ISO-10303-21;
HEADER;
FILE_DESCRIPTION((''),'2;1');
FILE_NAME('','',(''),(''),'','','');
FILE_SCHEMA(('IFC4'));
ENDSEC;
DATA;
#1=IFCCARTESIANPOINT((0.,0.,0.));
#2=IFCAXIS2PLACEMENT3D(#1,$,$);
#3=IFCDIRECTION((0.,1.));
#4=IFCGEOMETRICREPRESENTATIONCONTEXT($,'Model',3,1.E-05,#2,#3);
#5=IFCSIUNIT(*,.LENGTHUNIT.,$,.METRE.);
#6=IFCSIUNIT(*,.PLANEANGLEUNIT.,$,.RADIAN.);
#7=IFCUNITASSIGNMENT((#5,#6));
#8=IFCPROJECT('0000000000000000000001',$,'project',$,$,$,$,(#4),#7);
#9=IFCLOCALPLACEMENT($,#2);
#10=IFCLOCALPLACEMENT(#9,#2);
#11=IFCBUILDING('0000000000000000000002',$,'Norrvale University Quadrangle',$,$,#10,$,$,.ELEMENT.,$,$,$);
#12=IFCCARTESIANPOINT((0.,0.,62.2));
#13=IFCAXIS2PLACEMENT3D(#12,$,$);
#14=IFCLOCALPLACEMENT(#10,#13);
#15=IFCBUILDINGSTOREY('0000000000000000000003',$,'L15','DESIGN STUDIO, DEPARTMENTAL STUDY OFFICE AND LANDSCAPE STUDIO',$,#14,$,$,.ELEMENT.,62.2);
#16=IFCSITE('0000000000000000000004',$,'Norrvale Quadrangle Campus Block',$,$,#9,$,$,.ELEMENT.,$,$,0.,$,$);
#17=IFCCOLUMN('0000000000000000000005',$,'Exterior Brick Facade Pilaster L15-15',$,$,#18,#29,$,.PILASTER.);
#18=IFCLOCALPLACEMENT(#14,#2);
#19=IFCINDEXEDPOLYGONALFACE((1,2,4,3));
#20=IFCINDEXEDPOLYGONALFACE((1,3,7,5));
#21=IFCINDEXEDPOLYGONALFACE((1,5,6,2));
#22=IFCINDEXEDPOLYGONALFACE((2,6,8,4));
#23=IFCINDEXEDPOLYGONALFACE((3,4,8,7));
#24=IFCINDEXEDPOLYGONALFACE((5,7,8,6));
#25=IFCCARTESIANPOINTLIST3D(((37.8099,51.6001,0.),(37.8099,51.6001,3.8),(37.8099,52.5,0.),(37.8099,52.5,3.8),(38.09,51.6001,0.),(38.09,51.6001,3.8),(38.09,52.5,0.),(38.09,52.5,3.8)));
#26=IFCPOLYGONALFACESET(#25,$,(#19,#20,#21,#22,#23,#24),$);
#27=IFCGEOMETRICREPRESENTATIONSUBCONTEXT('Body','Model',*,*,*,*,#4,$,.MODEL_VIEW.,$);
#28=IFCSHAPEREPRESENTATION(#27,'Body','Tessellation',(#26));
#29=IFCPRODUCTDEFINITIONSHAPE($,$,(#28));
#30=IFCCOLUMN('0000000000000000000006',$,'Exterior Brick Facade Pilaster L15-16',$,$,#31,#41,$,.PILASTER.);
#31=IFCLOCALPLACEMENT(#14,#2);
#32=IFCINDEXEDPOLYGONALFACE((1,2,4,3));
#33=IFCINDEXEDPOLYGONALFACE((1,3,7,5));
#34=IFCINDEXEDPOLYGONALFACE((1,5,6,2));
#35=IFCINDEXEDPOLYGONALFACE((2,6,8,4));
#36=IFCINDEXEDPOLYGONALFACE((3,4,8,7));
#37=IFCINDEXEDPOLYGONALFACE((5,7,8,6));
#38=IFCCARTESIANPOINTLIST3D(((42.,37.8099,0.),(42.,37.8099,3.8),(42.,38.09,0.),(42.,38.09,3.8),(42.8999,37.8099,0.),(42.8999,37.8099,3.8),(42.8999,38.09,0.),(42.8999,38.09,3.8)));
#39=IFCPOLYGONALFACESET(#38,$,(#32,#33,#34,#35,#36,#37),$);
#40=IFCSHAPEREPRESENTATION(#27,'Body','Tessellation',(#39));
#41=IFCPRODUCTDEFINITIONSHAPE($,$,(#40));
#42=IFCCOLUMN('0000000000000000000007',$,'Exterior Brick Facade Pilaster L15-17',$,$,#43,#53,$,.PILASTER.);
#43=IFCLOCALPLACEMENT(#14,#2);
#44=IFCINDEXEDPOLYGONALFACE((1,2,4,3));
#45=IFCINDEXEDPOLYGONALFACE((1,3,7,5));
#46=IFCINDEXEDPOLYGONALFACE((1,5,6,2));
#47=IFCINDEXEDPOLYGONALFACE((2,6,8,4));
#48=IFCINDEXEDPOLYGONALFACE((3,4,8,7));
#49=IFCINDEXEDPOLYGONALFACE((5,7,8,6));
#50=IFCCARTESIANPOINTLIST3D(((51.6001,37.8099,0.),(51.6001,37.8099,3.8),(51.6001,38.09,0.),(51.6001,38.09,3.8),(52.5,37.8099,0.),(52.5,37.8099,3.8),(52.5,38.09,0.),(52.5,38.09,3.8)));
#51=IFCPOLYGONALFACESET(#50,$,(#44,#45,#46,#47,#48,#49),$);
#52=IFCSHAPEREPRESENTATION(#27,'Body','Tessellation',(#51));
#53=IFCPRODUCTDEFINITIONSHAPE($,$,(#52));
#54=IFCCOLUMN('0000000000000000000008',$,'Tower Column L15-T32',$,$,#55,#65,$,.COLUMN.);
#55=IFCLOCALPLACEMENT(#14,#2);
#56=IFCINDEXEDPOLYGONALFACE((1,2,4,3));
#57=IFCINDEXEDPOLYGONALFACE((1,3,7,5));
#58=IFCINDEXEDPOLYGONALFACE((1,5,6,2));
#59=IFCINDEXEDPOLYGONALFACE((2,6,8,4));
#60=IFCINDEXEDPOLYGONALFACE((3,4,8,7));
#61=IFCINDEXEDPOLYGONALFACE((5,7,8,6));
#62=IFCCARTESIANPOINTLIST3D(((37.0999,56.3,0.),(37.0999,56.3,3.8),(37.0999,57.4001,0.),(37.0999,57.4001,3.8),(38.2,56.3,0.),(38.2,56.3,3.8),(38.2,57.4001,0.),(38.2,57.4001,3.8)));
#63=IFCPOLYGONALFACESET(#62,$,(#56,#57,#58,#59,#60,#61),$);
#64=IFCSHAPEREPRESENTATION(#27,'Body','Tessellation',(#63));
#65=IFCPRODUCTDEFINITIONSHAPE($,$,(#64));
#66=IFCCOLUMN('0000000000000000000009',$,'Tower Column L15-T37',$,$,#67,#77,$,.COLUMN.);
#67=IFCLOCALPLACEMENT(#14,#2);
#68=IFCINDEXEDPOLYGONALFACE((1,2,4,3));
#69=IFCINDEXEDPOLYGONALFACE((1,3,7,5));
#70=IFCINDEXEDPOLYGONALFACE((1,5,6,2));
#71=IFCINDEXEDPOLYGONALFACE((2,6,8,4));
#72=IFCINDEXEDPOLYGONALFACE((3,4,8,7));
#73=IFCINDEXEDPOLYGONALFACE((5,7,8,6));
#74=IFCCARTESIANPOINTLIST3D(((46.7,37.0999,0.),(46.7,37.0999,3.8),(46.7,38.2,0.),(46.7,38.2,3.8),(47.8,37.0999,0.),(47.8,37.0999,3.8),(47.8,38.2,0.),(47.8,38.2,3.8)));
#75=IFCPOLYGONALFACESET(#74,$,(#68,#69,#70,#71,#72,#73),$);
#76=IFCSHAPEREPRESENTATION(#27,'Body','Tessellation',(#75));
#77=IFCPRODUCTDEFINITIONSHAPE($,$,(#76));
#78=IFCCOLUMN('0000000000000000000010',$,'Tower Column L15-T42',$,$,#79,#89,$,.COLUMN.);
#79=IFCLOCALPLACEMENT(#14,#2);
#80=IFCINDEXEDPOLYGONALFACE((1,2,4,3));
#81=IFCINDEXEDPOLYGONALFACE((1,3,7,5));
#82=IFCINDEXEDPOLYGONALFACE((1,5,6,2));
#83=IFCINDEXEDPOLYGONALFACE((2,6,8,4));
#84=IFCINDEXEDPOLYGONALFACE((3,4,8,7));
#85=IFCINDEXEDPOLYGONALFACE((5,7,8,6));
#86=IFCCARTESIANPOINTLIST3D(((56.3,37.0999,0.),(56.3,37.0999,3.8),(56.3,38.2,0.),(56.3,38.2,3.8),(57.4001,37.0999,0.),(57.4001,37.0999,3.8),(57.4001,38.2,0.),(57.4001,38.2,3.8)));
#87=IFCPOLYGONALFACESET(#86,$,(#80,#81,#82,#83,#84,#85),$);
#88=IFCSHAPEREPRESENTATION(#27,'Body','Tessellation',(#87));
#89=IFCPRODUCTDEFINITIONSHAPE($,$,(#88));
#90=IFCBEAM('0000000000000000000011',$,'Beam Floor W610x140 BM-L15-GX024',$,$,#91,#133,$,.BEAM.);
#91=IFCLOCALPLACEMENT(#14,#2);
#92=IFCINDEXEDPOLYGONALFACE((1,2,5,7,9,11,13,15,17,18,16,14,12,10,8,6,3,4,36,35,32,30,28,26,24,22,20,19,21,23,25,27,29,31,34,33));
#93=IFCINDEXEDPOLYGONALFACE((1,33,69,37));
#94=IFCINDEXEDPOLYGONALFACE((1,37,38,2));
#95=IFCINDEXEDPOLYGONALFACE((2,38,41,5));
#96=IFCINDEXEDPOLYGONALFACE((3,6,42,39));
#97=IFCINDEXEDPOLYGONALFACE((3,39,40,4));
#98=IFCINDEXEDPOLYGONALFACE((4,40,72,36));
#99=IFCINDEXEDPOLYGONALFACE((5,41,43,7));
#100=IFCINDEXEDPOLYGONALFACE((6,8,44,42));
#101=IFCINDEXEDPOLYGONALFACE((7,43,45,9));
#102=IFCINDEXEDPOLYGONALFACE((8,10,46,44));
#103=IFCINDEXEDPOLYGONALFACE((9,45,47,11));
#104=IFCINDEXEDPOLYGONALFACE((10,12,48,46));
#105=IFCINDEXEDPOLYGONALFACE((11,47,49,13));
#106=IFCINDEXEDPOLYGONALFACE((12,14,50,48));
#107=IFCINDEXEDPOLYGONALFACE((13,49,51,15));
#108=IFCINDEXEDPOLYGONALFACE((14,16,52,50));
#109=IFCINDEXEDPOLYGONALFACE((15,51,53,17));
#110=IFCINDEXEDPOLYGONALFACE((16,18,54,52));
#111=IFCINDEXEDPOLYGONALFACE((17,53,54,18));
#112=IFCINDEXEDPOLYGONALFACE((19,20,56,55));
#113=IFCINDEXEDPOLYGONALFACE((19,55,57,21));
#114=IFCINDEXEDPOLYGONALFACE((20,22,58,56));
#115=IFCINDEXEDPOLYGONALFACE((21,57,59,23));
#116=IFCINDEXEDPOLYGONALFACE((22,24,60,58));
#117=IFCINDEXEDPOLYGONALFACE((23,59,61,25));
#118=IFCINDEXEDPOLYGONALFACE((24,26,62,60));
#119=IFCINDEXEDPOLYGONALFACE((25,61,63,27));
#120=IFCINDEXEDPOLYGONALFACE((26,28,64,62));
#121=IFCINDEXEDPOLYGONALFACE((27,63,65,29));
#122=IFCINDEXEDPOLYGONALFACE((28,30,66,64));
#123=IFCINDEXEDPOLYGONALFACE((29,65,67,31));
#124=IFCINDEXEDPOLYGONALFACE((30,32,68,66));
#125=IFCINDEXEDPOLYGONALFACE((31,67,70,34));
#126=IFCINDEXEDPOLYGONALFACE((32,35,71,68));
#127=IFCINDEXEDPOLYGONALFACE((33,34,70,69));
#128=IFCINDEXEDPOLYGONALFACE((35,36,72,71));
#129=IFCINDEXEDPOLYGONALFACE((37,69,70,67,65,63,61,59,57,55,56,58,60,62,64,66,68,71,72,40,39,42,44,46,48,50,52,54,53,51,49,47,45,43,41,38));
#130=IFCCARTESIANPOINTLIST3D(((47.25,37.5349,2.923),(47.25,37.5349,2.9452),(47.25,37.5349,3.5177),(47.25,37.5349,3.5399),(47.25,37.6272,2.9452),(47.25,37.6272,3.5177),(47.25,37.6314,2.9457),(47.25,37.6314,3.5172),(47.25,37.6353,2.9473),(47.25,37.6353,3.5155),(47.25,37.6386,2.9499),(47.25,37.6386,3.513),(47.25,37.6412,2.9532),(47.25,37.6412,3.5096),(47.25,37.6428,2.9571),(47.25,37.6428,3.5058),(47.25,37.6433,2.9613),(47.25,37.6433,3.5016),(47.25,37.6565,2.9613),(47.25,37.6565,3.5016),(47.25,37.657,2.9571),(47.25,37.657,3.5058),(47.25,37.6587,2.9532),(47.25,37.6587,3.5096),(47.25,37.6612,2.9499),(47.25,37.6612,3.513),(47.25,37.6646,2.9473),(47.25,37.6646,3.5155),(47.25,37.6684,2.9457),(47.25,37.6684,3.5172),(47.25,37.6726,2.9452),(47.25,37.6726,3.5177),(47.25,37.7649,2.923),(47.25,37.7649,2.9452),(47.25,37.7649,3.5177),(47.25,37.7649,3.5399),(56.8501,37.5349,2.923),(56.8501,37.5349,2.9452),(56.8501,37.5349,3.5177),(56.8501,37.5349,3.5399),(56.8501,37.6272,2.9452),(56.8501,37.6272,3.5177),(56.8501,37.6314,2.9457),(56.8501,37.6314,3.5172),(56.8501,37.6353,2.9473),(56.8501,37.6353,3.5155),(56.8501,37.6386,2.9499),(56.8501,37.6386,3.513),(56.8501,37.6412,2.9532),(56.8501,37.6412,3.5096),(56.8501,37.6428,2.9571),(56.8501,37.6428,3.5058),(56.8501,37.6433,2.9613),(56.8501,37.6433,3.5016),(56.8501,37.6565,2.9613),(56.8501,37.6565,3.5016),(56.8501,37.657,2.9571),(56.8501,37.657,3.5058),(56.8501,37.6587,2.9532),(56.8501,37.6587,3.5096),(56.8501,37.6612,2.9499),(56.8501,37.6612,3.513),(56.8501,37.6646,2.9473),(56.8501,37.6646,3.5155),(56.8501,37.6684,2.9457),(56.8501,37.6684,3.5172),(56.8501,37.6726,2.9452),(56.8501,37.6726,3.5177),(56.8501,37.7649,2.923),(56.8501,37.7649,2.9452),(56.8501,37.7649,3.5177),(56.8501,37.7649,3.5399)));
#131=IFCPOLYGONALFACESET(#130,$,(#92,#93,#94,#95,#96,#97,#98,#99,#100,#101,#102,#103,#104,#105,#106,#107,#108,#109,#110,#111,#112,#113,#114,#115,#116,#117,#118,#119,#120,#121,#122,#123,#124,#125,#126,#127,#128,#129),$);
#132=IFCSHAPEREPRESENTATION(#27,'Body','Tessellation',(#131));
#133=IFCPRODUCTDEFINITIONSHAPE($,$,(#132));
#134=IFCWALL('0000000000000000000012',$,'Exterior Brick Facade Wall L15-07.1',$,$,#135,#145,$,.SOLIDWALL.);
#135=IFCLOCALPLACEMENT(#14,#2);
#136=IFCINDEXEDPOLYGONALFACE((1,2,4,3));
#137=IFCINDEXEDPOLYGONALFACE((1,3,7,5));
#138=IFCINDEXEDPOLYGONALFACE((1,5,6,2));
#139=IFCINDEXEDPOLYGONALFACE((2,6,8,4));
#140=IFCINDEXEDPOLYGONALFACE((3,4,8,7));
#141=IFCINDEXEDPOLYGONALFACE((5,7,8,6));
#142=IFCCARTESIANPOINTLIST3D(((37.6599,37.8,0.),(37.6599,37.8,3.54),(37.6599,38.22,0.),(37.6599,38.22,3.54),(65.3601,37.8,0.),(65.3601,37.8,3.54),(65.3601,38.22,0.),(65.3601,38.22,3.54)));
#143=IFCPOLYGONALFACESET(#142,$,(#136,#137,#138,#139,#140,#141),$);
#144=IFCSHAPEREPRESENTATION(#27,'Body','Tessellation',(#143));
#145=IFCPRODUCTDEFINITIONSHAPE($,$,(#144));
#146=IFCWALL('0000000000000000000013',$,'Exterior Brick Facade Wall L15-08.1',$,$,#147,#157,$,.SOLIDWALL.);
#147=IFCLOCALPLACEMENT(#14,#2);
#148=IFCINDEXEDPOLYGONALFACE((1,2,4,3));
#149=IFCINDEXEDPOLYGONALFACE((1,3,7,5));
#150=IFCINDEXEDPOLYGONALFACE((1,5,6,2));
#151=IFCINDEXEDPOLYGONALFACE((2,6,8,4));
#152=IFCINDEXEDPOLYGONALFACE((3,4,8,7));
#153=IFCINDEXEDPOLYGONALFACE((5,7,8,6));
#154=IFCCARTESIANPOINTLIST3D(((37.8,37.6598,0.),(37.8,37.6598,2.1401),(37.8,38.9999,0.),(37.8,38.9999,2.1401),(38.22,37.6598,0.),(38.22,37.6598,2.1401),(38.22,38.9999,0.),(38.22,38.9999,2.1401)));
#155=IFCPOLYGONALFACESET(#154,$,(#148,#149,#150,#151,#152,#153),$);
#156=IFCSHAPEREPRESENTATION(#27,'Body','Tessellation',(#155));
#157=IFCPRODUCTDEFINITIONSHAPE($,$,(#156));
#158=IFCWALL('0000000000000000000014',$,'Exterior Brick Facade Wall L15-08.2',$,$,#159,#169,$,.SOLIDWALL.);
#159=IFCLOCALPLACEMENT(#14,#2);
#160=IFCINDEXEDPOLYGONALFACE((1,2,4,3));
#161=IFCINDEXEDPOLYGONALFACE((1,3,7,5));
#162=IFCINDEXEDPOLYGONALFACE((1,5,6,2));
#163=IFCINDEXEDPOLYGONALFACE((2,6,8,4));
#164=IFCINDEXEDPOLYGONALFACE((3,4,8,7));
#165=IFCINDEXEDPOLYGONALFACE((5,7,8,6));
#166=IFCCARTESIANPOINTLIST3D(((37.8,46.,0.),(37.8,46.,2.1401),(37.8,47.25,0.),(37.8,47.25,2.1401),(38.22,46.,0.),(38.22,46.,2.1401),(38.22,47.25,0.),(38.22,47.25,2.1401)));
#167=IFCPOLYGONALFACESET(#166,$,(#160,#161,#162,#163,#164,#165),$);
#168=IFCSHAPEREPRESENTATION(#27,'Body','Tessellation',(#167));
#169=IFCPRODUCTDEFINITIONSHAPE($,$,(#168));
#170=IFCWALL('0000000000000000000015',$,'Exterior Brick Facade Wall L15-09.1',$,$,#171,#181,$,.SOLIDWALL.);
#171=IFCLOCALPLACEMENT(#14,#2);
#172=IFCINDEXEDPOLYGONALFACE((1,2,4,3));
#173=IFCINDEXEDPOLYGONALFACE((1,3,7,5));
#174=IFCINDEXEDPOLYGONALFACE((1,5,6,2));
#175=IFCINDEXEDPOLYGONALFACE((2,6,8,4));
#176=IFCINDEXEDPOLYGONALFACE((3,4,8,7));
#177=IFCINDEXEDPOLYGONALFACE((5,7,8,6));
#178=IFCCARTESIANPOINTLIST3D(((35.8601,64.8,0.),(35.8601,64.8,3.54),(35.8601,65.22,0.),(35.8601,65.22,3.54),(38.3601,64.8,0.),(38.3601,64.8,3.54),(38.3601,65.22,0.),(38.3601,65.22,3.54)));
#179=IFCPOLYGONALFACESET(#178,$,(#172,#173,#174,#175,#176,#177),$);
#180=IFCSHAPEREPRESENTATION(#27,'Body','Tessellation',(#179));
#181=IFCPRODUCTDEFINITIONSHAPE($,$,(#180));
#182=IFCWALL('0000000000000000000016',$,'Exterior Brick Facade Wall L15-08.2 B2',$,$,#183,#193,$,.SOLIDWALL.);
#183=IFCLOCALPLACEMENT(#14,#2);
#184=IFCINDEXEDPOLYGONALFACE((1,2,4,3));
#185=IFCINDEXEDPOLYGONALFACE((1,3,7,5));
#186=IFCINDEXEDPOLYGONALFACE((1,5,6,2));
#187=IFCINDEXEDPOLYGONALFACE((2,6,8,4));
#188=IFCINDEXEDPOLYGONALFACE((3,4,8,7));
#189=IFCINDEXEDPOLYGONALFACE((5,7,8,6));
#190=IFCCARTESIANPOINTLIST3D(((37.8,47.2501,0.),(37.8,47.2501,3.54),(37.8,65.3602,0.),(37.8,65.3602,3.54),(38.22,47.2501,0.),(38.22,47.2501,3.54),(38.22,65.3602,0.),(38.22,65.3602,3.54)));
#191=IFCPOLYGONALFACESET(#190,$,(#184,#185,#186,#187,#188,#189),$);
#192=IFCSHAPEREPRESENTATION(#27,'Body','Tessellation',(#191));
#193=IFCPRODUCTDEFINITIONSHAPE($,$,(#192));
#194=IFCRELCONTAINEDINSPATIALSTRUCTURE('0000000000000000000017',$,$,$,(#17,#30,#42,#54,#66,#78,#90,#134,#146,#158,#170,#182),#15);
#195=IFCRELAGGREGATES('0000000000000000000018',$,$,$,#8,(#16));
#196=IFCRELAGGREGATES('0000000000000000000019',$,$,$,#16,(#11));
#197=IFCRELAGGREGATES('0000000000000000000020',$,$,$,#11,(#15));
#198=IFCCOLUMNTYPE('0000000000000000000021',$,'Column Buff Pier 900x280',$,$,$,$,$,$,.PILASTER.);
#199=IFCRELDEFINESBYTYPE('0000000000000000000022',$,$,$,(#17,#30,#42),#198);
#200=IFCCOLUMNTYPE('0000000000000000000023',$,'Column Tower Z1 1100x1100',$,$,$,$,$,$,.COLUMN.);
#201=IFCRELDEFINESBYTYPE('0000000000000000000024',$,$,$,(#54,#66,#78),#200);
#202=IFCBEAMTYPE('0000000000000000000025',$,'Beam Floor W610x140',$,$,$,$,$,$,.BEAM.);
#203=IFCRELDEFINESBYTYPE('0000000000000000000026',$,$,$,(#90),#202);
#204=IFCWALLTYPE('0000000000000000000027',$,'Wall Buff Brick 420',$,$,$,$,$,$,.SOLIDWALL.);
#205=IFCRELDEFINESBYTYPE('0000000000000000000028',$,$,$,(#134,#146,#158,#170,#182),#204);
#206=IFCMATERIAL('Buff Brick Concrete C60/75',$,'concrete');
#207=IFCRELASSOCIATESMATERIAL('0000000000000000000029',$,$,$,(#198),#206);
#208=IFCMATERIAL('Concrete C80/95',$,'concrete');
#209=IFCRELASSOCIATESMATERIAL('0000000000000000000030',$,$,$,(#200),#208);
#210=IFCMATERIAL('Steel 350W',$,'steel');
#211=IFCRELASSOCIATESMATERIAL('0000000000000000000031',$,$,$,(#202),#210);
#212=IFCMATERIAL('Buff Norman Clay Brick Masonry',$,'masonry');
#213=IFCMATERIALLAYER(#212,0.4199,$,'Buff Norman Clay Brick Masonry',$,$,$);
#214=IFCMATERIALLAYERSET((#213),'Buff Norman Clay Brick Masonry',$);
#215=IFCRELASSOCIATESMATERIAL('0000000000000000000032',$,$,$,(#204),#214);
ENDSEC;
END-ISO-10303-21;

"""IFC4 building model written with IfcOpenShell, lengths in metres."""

from ifc_helpers import new_model, si_unit, direction, frame, frame_2d, origin, origin_2d, place, context, subcontext, project, spatial, rectangle, i_section, extrude, material, layer, layer_set, material_profile, profile_set, type_object, element, save


model = new_model("IFC4")

# Units and contexts
model_context = context("Model", 3, precision=1e-05, world=origin(), true_north=direction((0.0, 1.0)))
body_context = subcontext(model_context, "Body", "Model", "MODEL_VIEW")
ifc_project = project(units=[si_unit("LENGTHUNIT", "METRE"), si_unit("PLANEANGLEUNIT", "RADIAN")], contexts=[model_context])

# Site, building, storey
site_placement = place(None, origin())
site = spatial("IfcSite", under=ifc_project, at=site_placement, Name="Norrvale Quadrangle Campus Block", CompositionType="ELEMENT", RefElevation=0.0)
building_placement = place(site_placement, origin())
building = spatial("IfcBuilding", under=site, at=building_placement, Name="Norrvale University Quadrangle", CompositionType="ELEMENT")
storey_placement = place(building_placement, frame((0.0, 0.0, 62.2)))
storey = spatial("IfcBuildingStorey", under=building, at=storey_placement, Name="L15", Description="DESIGN STUDIO, DEPARTMENTAL STUDY OFFICE AND LANDSCAPE STUDIO", CompositionType="ELEMENT", Elevation=62.2)

# Columns
ifc_material_1 = material(Name="Buff Brick Concrete C60/75", Category="concrete")
ifc_material_profile_1 = material_profile(ifc_material_1, rectangle(XDim=0.8999, YDim=0.28, at=origin_2d()), Name="Buff Brick Concrete C60/75")
ifc_profile_set_1 = profile_set([ifc_material_profile_1], Name="Buff Brick Concrete C60/75")
column_type_1 = type_object("IfcColumnType", Name="Column Buff Pier 900x280", PredefinedType="PILASTER", material=ifc_profile_set_1)
for number, where, z_axis, x_axis, name in (
    (1, (37.95, 52.05, 0.0), (0.0, 0.0, 1.0), (0.0, 1.0, 0.0), "Exterior Brick Facade Pilaster L15-15"),
    (2, (42.45, 37.95, 0.0), (0.0, 0.0, 1.0), (1.0, 0.0, 0.0), "Exterior Brick Facade Pilaster L15-16"),
    (3, (52.05, 37.95, 0.0), (0.0, 0.0, 1.0), (1.0, 0.0, 0.0), "Exterior Brick Facade Pilaster L15-17"),
):
    element("IfcColumn", number, at=place(storey_placement, frame(where, z_axis=z_axis, x_axis=x_axis)), inside=storey, type_object=column_type_1, Name=name, PredefinedType="PILASTER", context=body_context, shape_type="SweptSolid", body=[
        extrude(rectangle(XDim=0.8999, YDim=0.28, at=origin_2d()), origin(), (0.0, 0.0, 1.0), 3.8),
    ])
ifc_material_2 = material(Name="Concrete C80/95", Category="concrete")
ifc_material_profile_2 = material_profile(ifc_material_2, rectangle(XDim=1.1001, YDim=1.1001, at=origin_2d()), Name="Concrete C80/95")
ifc_profile_set_2 = profile_set([ifc_material_profile_2], Name="Concrete C80/95")
column_type_2 = type_object("IfcColumnType", Name="Column Tower Z1 1100x1100", PredefinedType="COLUMN", material=ifc_profile_set_2)
for number, where, z_axis, x_axis, name in (
    (4, (37.6499, 56.8501, 0.0), (0.0, 0.0, 1.0), (1.0, 0.0, 0.0), "Tower Column L15-T32"),
    (5, (47.25, 37.6499, 0.0), (0.0, 0.0, 1.0), (1.0, 0.0, 0.0), "Tower Column L15-T37"),
    (6, (56.8501, 37.6499, 0.0), (0.0, 0.0, 1.0), (1.0, 0.0, 0.0), "Tower Column L15-T42"),
):
    element("IfcColumn", number, at=place(storey_placement, frame(where, z_axis=z_axis, x_axis=x_axis)), inside=storey, type_object=column_type_2, Name=name, PredefinedType="COLUMN", context=body_context, shape_type="SweptSolid", body=[
        extrude(rectangle(XDim=1.1001, YDim=1.1001, at=origin_2d()), origin(), (0.0, 0.0, 1.0), 3.8),
    ])

# Beam
ifc_material_3 = material(Name="Steel 350W", Category="steel")
ifc_material_profile_3 = material_profile(ifc_material_3, i_section(OverallWidth=0.23, OverallDepth=0.6169, WebThickness=0.0132, FlangeThickness=0.0222, FilletRadius=0.0161, at=origin_2d()), Name="Steel 350W")
ifc_profile_set_3 = profile_set([ifc_material_profile_3], Name="Steel 350W")
beam_type = type_object("IfcBeamType", Name="Beam Floor W610x140", PredefinedType="BEAM", material=ifc_profile_set_3)
beam_placement = place(storey_placement, frame((47.25, 37.6499, 3.2314), z_axis=(1.0, 0.0, 0.0), x_axis=(0.0, 1.0, 0.0)))
element("IfcBeam", 7, at=beam_placement, inside=storey, type_object=beam_type, Name="Beam Floor W610x140 BM-L15-GX024", PredefinedType="BEAM", context=body_context, shape_type="SweptSolid", body=[
    extrude(i_section(OverallWidth=0.23, OverallDepth=0.6169, WebThickness=0.0132, FlangeThickness=0.0222, FilletRadius=0.0161, at=origin_2d()), origin(), (0.0, 0.0, 1.0), 9.6001),
])

# Walls
ifc_material_4 = material(Name="Buff Norman Clay Brick Masonry", Category="masonry")
ifc_layer = layer(ifc_material_4, 0.4199, Name="Buff Norman Clay Brick Masonry")
ifc_layer_set = layer_set([ifc_layer], Name="Buff Norman Clay Brick Masonry")
wall_type = type_object("IfcWallType", Name="Wall Buff Brick 420", PredefinedType="SOLIDWALL", material=ifc_layer_set)
wall_1_placement = place(storey_placement, frame((65.3601, 38.01, 0.0), z_axis=(0.0, 0.0, 1.0), x_axis=(-1.0, 0.0, 0.0)))
element("IfcWall", 8, at=wall_1_placement, inside=storey, type_object=wall_type, Name="Exterior Brick Facade Wall L15-07.1", PredefinedType="SOLIDWALL", context=body_context, shape_type="SweptSolid", body=[
    extrude(rectangle(XDim=27.7002, YDim=0.4199, at=frame_2d((13.8501, 0.0))), origin(), (0.0, 0.0, 1.0), 3.54),
])
wall_2_placement = place(storey_placement, frame((38.01, 37.6599, 0.0), z_axis=(0.0, 0.0, 1.0), x_axis=(0.0, 1.0, 0.0)))
element("IfcWall", 9, at=wall_2_placement, inside=storey, type_object=wall_type, Name="Exterior Brick Facade Wall L15-08.1", PredefinedType="SOLIDWALL", context=body_context, shape_type="SweptSolid", body=[
    extrude(rectangle(XDim=1.3401, YDim=0.4199, at=frame_2d((0.6699, 0.0))), origin(), (0.0, 0.0, 1.0), 2.1401),
])
wall_3_placement = place(storey_placement, frame((38.01, 46.0, 0.0), z_axis=(0.0, 0.0, 1.0), x_axis=(0.0, 1.0, 0.0)))
element("IfcWall", 10, at=wall_3_placement, inside=storey, type_object=wall_type, Name="Exterior Brick Facade Wall L15-08.2", PredefinedType="SOLIDWALL", context=body_context, shape_type="SweptSolid", body=[
    extrude(rectangle(XDim=1.25, YDim=0.4199, at=frame_2d((0.625, 0.0))), origin(), (0.0, 0.0, 1.0), 2.1401),
])
wall_4_placement = place(storey_placement, frame((38.3601, 65.01, 0.0), z_axis=(0.0, 0.0, 1.0), x_axis=(-1.0, 0.0, 0.0)))
element("IfcWall", 11, at=wall_4_placement, inside=storey, type_object=wall_type, Name="Exterior Brick Facade Wall L15-09.1", PredefinedType="SOLIDWALL", context=body_context, shape_type="SweptSolid", body=[
    extrude(rectangle(XDim=2.5, YDim=0.4199, at=frame_2d((1.25, 0.0))), origin(), (0.0, 0.0, 1.0), 3.54),
])
wall_5_placement = place(storey_placement, frame((38.01, 47.25, 0.0), z_axis=(0.0, 0.0, 1.0), x_axis=(0.0, 1.0, 0.0)))
element("IfcWall", 12, at=wall_5_placement, inside=storey, type_object=wall_type, Name="Exterior Brick Facade Wall L15-08.2 B2", PredefinedType="SOLIDWALL", context=body_context, shape_type="SweptSolid", body=[
    extrude(rectangle(XDim=18.1101, YDim=0.4199, at=frame_2d((9.0552, 0.0))), origin(), (0.0, 0.0, 1.0), 3.54),
])

save(model, "model.ifc")
